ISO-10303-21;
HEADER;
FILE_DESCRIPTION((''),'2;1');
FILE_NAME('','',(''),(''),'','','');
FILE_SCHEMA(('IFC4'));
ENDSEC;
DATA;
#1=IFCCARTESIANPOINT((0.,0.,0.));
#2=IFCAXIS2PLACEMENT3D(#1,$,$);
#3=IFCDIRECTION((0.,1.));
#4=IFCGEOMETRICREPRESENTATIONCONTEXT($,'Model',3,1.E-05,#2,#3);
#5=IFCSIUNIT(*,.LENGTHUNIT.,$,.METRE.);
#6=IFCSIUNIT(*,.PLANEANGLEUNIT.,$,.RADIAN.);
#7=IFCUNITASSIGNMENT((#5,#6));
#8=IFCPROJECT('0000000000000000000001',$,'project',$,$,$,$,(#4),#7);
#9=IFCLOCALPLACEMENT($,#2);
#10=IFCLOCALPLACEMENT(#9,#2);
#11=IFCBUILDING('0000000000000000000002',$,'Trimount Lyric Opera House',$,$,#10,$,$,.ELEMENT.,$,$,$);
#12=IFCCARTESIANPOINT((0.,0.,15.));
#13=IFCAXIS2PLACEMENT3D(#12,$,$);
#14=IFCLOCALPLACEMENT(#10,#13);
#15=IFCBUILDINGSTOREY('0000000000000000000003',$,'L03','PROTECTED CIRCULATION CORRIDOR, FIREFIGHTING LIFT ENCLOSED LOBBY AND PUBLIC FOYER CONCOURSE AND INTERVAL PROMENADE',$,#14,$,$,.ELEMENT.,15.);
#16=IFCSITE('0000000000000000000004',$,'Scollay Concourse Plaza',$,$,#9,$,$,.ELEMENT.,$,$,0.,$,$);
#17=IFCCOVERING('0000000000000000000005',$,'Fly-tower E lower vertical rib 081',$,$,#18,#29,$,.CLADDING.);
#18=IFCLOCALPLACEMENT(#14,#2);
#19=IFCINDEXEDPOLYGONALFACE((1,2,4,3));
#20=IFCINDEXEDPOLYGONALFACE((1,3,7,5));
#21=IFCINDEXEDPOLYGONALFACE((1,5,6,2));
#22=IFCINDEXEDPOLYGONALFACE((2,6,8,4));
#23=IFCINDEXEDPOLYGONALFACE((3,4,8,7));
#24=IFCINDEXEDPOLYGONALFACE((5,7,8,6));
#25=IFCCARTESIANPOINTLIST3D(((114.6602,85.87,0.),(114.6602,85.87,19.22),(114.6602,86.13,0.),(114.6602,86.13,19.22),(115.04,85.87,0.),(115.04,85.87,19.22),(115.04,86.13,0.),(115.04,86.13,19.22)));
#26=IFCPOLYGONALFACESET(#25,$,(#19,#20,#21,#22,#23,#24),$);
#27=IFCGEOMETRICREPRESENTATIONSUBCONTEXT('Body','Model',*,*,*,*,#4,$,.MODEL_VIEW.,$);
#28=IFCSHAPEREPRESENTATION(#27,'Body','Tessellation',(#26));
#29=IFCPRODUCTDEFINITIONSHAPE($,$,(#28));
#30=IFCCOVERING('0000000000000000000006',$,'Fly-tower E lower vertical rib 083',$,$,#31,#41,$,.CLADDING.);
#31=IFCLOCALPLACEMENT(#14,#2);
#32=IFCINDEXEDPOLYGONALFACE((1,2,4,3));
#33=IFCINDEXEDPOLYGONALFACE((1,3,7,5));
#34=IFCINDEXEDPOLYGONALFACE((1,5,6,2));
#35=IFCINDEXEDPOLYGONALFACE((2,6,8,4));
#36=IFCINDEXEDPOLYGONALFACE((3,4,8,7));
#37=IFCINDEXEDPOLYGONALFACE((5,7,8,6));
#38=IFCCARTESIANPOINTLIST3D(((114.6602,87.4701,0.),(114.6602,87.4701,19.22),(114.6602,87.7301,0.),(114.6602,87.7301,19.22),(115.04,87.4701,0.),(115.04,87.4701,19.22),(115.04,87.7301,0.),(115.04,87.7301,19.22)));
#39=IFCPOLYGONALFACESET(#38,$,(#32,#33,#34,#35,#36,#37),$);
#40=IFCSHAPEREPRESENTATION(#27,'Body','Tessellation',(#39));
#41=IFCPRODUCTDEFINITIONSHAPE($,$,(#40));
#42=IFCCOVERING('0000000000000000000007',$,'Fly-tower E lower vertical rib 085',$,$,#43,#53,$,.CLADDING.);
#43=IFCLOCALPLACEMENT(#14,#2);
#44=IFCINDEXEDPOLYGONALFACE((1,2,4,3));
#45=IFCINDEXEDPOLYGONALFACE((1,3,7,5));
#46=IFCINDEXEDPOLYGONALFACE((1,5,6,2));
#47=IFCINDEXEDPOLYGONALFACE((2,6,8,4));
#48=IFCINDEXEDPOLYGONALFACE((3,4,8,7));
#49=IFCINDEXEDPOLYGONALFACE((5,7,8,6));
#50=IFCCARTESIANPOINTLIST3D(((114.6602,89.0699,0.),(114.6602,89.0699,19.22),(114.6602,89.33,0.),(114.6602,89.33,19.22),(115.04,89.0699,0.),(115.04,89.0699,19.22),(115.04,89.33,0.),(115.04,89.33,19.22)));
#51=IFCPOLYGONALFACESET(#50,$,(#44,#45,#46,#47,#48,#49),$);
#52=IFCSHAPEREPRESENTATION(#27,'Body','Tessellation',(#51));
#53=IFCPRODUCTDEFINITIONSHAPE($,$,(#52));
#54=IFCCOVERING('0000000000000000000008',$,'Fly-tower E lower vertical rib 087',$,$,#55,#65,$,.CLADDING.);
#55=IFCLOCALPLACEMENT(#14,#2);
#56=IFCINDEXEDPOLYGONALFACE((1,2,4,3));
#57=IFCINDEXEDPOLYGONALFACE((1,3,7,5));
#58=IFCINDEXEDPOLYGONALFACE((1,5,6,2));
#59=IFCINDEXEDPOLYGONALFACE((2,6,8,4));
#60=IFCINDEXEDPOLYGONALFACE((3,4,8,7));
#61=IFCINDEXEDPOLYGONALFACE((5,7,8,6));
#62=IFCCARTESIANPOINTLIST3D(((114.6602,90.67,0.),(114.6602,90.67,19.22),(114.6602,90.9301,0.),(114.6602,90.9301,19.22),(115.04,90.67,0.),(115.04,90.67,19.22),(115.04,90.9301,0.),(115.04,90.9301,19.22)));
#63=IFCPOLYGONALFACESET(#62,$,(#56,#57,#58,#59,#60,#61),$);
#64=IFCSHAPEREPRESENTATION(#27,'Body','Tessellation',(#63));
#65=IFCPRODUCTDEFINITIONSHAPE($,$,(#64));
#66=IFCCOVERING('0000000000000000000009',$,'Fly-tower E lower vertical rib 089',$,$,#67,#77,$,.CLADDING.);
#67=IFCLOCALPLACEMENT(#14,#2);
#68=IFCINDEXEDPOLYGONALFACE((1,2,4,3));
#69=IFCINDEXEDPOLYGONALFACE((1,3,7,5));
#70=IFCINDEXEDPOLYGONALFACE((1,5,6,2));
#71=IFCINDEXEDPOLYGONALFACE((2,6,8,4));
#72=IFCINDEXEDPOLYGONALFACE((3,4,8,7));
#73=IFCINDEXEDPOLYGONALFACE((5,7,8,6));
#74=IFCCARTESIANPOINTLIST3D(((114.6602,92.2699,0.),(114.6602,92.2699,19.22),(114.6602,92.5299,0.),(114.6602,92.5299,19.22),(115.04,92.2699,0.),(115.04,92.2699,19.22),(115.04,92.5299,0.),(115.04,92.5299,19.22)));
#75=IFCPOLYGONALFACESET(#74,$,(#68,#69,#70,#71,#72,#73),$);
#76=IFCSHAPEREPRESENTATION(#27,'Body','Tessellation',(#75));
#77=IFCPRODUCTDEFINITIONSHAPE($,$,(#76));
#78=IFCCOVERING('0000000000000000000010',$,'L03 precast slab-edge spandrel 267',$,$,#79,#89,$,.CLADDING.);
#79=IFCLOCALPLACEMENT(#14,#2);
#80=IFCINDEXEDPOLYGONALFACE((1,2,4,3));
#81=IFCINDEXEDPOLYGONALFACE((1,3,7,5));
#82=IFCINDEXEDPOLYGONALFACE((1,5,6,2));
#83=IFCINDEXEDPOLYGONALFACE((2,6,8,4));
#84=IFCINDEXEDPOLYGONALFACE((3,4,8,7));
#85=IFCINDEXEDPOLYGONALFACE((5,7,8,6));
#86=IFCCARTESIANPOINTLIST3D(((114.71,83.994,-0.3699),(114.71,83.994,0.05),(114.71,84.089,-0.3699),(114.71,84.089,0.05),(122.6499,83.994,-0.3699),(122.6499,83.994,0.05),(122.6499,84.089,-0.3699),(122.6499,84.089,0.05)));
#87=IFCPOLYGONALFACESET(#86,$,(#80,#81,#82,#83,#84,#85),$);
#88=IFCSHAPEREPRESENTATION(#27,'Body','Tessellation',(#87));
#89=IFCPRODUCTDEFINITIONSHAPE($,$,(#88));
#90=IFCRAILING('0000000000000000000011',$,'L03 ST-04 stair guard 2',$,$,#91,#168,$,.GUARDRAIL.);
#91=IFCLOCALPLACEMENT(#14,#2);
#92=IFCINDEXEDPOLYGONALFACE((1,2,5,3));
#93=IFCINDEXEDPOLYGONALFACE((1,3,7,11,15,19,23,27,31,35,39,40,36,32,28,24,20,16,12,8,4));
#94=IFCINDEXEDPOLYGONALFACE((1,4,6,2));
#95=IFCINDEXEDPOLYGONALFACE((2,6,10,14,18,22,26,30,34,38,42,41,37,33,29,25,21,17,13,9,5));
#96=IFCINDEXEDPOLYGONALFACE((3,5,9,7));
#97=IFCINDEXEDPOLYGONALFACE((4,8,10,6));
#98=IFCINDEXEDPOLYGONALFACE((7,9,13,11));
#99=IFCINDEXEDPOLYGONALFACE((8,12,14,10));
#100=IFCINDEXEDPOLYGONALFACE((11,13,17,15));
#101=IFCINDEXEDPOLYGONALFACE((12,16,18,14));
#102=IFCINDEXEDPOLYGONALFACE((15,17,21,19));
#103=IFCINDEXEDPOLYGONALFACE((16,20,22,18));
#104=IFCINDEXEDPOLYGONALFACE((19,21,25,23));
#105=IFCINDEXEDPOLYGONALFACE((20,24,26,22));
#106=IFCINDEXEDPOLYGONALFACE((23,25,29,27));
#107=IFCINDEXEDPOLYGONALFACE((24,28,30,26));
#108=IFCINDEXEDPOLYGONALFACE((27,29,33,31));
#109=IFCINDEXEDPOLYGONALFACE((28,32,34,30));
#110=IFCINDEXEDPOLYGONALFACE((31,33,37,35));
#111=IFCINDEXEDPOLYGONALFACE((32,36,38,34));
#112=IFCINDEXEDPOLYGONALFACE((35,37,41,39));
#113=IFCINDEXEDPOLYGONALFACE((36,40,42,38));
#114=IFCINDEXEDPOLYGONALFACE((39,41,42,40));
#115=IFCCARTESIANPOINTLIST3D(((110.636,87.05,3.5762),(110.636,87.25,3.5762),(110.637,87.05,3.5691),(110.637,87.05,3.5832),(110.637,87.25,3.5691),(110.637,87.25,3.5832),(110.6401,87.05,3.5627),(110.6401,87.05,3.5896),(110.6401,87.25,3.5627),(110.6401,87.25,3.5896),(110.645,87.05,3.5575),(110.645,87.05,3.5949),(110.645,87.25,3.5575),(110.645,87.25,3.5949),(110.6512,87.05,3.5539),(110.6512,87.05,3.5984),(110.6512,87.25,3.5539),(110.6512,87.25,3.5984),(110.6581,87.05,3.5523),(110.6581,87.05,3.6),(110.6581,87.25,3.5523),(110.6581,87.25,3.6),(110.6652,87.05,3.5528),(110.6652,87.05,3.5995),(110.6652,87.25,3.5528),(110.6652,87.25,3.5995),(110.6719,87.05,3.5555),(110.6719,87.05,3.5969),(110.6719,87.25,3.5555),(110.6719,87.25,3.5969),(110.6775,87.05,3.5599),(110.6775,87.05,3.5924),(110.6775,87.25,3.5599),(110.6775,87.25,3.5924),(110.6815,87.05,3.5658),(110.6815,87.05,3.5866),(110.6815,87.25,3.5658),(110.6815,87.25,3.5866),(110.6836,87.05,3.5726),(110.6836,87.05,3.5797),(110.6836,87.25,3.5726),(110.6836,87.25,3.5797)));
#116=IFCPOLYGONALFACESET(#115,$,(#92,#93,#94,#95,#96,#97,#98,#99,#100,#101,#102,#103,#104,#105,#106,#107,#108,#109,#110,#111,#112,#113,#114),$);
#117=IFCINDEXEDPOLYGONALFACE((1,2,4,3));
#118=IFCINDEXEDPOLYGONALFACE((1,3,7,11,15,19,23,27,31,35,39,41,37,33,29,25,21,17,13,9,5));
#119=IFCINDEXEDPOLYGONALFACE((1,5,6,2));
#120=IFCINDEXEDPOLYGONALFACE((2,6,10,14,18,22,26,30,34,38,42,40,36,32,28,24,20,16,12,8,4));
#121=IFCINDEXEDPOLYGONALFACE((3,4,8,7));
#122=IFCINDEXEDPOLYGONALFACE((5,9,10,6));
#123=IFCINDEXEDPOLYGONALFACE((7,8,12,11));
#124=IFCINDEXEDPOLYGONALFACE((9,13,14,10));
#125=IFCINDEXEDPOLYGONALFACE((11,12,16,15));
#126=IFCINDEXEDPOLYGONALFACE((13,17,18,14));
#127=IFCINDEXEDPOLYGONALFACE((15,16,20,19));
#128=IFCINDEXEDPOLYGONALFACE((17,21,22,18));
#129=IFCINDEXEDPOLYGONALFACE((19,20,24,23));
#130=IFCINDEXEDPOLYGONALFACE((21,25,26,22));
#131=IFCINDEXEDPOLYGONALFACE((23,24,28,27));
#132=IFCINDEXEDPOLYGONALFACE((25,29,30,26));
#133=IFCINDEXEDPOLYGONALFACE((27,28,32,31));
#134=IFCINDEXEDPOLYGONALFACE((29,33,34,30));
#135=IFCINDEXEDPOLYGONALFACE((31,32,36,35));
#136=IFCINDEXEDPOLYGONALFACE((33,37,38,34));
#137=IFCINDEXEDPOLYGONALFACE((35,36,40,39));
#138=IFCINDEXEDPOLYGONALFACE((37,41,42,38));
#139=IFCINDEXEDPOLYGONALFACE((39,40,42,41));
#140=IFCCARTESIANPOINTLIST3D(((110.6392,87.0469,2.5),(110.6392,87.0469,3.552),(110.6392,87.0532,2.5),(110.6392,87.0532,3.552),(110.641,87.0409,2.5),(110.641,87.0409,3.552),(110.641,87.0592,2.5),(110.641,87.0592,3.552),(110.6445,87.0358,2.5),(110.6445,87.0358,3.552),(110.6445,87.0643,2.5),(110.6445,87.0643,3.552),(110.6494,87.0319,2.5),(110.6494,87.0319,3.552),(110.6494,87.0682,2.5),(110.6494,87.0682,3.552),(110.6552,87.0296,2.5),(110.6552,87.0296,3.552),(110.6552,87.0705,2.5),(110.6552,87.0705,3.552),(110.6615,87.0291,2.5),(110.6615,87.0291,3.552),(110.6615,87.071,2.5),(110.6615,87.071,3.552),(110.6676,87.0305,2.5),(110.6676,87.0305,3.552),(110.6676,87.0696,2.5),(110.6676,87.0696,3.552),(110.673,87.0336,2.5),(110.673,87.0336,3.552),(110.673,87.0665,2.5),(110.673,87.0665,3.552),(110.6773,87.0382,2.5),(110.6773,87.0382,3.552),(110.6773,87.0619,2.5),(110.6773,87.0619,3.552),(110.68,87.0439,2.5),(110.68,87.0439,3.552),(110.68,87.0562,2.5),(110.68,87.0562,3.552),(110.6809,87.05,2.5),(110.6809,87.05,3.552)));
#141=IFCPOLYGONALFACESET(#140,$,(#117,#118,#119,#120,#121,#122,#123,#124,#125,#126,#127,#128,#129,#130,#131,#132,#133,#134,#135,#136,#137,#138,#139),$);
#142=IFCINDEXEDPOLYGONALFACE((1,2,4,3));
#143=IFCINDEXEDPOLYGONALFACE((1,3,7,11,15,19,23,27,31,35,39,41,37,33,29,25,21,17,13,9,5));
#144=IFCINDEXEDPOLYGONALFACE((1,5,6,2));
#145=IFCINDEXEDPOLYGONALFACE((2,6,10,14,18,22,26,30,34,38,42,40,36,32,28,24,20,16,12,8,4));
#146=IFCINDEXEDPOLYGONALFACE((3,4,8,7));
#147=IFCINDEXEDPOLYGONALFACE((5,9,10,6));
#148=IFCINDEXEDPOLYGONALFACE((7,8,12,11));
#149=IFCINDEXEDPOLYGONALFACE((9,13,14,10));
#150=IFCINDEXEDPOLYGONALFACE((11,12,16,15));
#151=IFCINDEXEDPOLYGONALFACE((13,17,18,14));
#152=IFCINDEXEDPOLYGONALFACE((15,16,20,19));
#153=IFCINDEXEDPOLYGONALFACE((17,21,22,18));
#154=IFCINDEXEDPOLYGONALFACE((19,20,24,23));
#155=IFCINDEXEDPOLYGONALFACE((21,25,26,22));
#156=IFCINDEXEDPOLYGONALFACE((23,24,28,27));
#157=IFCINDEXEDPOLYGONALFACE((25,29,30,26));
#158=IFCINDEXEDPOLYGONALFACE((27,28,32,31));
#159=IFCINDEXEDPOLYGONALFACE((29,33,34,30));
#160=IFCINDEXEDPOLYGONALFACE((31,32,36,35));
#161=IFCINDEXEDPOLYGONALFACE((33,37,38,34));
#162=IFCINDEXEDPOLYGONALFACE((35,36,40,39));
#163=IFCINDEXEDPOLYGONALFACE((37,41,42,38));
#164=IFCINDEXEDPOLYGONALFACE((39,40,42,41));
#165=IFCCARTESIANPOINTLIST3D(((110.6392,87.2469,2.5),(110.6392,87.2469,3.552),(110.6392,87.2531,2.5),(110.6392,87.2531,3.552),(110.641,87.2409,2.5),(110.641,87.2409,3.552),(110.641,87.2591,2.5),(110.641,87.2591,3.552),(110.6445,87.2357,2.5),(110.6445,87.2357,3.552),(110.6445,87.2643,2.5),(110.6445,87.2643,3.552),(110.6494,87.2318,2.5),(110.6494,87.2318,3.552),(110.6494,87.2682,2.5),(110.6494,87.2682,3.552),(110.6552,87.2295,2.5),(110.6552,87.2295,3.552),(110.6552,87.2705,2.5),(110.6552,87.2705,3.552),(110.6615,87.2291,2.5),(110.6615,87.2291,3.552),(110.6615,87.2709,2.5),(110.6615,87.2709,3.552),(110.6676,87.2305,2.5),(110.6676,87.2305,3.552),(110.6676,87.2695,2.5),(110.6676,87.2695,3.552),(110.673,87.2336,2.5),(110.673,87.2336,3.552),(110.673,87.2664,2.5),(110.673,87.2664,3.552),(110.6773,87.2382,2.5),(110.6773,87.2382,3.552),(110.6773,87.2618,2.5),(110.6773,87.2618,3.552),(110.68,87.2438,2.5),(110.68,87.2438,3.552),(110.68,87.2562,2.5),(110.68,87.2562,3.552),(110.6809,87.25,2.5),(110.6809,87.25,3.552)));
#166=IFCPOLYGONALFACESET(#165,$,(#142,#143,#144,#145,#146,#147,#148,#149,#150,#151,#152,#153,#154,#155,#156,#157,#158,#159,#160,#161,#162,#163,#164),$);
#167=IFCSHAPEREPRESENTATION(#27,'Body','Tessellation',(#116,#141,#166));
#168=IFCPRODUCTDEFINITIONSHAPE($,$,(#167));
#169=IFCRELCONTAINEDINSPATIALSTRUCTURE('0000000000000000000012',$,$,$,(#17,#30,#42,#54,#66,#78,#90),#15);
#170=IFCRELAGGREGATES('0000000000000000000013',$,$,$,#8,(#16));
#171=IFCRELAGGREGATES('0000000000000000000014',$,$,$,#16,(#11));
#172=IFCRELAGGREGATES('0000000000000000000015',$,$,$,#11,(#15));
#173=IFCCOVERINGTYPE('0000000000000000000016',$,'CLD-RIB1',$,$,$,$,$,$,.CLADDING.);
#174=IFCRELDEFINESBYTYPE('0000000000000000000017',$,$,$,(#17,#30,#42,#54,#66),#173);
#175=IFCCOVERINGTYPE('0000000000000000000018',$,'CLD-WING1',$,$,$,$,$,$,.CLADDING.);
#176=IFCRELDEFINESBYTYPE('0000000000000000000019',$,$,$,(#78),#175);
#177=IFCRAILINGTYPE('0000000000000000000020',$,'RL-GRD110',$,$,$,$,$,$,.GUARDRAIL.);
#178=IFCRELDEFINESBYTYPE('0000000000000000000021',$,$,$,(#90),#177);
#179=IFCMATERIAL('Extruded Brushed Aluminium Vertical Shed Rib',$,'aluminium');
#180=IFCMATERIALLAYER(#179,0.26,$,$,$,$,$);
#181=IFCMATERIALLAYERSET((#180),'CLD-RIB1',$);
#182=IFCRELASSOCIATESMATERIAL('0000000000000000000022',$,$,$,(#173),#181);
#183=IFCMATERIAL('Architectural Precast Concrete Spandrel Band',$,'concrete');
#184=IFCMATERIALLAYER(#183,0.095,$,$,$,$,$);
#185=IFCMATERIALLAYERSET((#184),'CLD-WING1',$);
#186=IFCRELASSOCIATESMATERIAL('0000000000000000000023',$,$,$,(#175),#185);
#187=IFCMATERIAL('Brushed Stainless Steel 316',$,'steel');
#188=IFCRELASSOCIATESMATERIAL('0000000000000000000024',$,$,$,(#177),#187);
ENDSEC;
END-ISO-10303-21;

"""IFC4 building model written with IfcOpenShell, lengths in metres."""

from ifc_helpers import new_model, si_unit, direction, frame, origin, origin_2d, place, context, subcontext, project, spatial, rectangle, circle, extrude, material, layer, layer_set, type_object, element, save


model = new_model("IFC4")

# Units and contexts
model_context = context("Model", 3, precision=1e-05, world=origin(), true_north=direction((0.0, 1.0)))
body_context = subcontext(model_context, "Body", "Model", "MODEL_VIEW")
ifc_project = project(units=[si_unit("LENGTHUNIT", "METRE"), si_unit("PLANEANGLEUNIT", "RADIAN")], contexts=[model_context])

# Site, building, storey
site_placement = place(None, origin())
site = spatial("IfcSite", under=ifc_project, at=site_placement, Name="Scollay Concourse Plaza", CompositionType="ELEMENT", RefElevation=0.0)
building_placement = place(site_placement, origin())
building = spatial("IfcBuilding", under=site, at=building_placement, Name="Trimount Lyric Opera House", CompositionType="ELEMENT")
storey_placement = place(building_placement, frame((0.0, 0.0, 15.0)))
storey = spatial("IfcBuildingStorey", under=building, at=storey_placement, Name="L03", Description="PROTECTED CIRCULATION CORRIDOR, FIREFIGHTING LIFT ENCLOSED LOBBY AND PUBLIC FOYER CONCOURSE AND INTERVAL PROMENADE", CompositionType="ELEMENT", Elevation=15.0)

# Coverings
ifc_material_1 = material(Name="Extruded Brushed Aluminium Vertical Shed Rib", Category="aluminium")
ifc_layer_1 = layer(ifc_material_1, 0.26)
ifc_layer_set_1 = layer_set([ifc_layer_1], Name="CLD-RIB1")
covering_type_1 = type_object("IfcCoveringType", Name="CLD-RIB1", PredefinedType="CLADDING", material=ifc_layer_set_1)
for number, where, z_axis, x_axis, name in (
    (1, (114.8501, 86.0, 0.0), (0.0, 0.0, 1.0), (1.0, 0.0, 0.0), "Fly-tower E lower vertical rib 081"),
    (2, (114.8501, 87.6001, 0.0), (0.0, 0.0, 1.0), (1.0, 0.0, 0.0), "Fly-tower E lower vertical rib 083"),
    (3, (114.8501, 89.2, 0.0), (0.0, 0.0, 1.0), (1.0, 0.0, 0.0), "Fly-tower E lower vertical rib 085"),
    (4, (114.8501, 90.8, 0.0), (0.0, 0.0, 1.0), (1.0, 0.0, 0.0), "Fly-tower E lower vertical rib 087"),
    (5, (114.8501, 92.3999, 0.0), (0.0, 0.0, 1.0), (1.0, 0.0, 0.0), "Fly-tower E lower vertical rib 089"),
):
    element("IfcCovering", number, at=place(storey_placement, frame(where, z_axis=z_axis, x_axis=x_axis)), inside=storey, type_object=covering_type_1, Name=name, PredefinedType="CLADDING", context=body_context, shape_type="SweptSolid", body=[
        extrude(rectangle(XDim=0.3799, YDim=0.26, at=origin_2d()), origin(), (0.0, 0.0, 1.0), 19.22),
    ])
ifc_material_2 = material(Name="Architectural Precast Concrete Spandrel Band", Category="concrete")
ifc_layer_2 = layer(ifc_material_2, 0.095)
ifc_layer_set_2 = layer_set([ifc_layer_2], Name="CLD-WING1")
covering_type_2 = type_object("IfcCoveringType", Name="CLD-WING1", PredefinedType="CLADDING", material=ifc_layer_set_2)
covering_placement = place(storey_placement, frame((118.6799, 84.0415, -0.3699), z_axis=(0.0, 0.0, 1.0), x_axis=(1.0, 0.0, 0.0)))
element("IfcCovering", 6, at=covering_placement, inside=storey, type_object=covering_type_2, Name="L03 precast slab-edge spandrel 267", PredefinedType="CLADDING", context=body_context, shape_type="SweptSolid", body=[
    extrude(rectangle(XDim=7.9399, YDim=0.095, at=origin_2d()), origin(), (0.0, 0.0, 1.0), 0.4199),
])

# Railing
ifc_material_3 = material(Name="Brushed Stainless Steel 316", Category="steel")
railing_type_1 = type_object("IfcRailingType", Name="RL-GRD110", PredefinedType="GUARDRAIL", material=ifc_material_3)
railing_1_placement = place(storey_placement, frame((110.6599, 87.05, 2.5)))
element("IfcRailing", 7, at=railing_1_placement, inside=storey, type_object=railing_type_1, Name="L03 ST-04 stair guard 2", PredefinedType="GUARDRAIL", context=body_context, shape_type="SweptSolid", body=[
    extrude(circle(Radius=0.0239, at=origin_2d()), frame((0.0, 0.0, 1.0762), z_axis=(0.0, 1.0, 0.0), x_axis=(-1.0, 0.0, 0.0)), (0.0, 0.0, 1.0), 0.2),
    extrude(circle(Radius=0.021, at=origin_2d()), origin(), (0.0, 0.0, 1.0), 1.052),
    extrude(circle(Radius=0.021, at=origin_2d()), frame((0.0, 0.2, 0.0)), (0.0, 0.0, 1.0), 1.052),
])

save(model, "model.ifc")
